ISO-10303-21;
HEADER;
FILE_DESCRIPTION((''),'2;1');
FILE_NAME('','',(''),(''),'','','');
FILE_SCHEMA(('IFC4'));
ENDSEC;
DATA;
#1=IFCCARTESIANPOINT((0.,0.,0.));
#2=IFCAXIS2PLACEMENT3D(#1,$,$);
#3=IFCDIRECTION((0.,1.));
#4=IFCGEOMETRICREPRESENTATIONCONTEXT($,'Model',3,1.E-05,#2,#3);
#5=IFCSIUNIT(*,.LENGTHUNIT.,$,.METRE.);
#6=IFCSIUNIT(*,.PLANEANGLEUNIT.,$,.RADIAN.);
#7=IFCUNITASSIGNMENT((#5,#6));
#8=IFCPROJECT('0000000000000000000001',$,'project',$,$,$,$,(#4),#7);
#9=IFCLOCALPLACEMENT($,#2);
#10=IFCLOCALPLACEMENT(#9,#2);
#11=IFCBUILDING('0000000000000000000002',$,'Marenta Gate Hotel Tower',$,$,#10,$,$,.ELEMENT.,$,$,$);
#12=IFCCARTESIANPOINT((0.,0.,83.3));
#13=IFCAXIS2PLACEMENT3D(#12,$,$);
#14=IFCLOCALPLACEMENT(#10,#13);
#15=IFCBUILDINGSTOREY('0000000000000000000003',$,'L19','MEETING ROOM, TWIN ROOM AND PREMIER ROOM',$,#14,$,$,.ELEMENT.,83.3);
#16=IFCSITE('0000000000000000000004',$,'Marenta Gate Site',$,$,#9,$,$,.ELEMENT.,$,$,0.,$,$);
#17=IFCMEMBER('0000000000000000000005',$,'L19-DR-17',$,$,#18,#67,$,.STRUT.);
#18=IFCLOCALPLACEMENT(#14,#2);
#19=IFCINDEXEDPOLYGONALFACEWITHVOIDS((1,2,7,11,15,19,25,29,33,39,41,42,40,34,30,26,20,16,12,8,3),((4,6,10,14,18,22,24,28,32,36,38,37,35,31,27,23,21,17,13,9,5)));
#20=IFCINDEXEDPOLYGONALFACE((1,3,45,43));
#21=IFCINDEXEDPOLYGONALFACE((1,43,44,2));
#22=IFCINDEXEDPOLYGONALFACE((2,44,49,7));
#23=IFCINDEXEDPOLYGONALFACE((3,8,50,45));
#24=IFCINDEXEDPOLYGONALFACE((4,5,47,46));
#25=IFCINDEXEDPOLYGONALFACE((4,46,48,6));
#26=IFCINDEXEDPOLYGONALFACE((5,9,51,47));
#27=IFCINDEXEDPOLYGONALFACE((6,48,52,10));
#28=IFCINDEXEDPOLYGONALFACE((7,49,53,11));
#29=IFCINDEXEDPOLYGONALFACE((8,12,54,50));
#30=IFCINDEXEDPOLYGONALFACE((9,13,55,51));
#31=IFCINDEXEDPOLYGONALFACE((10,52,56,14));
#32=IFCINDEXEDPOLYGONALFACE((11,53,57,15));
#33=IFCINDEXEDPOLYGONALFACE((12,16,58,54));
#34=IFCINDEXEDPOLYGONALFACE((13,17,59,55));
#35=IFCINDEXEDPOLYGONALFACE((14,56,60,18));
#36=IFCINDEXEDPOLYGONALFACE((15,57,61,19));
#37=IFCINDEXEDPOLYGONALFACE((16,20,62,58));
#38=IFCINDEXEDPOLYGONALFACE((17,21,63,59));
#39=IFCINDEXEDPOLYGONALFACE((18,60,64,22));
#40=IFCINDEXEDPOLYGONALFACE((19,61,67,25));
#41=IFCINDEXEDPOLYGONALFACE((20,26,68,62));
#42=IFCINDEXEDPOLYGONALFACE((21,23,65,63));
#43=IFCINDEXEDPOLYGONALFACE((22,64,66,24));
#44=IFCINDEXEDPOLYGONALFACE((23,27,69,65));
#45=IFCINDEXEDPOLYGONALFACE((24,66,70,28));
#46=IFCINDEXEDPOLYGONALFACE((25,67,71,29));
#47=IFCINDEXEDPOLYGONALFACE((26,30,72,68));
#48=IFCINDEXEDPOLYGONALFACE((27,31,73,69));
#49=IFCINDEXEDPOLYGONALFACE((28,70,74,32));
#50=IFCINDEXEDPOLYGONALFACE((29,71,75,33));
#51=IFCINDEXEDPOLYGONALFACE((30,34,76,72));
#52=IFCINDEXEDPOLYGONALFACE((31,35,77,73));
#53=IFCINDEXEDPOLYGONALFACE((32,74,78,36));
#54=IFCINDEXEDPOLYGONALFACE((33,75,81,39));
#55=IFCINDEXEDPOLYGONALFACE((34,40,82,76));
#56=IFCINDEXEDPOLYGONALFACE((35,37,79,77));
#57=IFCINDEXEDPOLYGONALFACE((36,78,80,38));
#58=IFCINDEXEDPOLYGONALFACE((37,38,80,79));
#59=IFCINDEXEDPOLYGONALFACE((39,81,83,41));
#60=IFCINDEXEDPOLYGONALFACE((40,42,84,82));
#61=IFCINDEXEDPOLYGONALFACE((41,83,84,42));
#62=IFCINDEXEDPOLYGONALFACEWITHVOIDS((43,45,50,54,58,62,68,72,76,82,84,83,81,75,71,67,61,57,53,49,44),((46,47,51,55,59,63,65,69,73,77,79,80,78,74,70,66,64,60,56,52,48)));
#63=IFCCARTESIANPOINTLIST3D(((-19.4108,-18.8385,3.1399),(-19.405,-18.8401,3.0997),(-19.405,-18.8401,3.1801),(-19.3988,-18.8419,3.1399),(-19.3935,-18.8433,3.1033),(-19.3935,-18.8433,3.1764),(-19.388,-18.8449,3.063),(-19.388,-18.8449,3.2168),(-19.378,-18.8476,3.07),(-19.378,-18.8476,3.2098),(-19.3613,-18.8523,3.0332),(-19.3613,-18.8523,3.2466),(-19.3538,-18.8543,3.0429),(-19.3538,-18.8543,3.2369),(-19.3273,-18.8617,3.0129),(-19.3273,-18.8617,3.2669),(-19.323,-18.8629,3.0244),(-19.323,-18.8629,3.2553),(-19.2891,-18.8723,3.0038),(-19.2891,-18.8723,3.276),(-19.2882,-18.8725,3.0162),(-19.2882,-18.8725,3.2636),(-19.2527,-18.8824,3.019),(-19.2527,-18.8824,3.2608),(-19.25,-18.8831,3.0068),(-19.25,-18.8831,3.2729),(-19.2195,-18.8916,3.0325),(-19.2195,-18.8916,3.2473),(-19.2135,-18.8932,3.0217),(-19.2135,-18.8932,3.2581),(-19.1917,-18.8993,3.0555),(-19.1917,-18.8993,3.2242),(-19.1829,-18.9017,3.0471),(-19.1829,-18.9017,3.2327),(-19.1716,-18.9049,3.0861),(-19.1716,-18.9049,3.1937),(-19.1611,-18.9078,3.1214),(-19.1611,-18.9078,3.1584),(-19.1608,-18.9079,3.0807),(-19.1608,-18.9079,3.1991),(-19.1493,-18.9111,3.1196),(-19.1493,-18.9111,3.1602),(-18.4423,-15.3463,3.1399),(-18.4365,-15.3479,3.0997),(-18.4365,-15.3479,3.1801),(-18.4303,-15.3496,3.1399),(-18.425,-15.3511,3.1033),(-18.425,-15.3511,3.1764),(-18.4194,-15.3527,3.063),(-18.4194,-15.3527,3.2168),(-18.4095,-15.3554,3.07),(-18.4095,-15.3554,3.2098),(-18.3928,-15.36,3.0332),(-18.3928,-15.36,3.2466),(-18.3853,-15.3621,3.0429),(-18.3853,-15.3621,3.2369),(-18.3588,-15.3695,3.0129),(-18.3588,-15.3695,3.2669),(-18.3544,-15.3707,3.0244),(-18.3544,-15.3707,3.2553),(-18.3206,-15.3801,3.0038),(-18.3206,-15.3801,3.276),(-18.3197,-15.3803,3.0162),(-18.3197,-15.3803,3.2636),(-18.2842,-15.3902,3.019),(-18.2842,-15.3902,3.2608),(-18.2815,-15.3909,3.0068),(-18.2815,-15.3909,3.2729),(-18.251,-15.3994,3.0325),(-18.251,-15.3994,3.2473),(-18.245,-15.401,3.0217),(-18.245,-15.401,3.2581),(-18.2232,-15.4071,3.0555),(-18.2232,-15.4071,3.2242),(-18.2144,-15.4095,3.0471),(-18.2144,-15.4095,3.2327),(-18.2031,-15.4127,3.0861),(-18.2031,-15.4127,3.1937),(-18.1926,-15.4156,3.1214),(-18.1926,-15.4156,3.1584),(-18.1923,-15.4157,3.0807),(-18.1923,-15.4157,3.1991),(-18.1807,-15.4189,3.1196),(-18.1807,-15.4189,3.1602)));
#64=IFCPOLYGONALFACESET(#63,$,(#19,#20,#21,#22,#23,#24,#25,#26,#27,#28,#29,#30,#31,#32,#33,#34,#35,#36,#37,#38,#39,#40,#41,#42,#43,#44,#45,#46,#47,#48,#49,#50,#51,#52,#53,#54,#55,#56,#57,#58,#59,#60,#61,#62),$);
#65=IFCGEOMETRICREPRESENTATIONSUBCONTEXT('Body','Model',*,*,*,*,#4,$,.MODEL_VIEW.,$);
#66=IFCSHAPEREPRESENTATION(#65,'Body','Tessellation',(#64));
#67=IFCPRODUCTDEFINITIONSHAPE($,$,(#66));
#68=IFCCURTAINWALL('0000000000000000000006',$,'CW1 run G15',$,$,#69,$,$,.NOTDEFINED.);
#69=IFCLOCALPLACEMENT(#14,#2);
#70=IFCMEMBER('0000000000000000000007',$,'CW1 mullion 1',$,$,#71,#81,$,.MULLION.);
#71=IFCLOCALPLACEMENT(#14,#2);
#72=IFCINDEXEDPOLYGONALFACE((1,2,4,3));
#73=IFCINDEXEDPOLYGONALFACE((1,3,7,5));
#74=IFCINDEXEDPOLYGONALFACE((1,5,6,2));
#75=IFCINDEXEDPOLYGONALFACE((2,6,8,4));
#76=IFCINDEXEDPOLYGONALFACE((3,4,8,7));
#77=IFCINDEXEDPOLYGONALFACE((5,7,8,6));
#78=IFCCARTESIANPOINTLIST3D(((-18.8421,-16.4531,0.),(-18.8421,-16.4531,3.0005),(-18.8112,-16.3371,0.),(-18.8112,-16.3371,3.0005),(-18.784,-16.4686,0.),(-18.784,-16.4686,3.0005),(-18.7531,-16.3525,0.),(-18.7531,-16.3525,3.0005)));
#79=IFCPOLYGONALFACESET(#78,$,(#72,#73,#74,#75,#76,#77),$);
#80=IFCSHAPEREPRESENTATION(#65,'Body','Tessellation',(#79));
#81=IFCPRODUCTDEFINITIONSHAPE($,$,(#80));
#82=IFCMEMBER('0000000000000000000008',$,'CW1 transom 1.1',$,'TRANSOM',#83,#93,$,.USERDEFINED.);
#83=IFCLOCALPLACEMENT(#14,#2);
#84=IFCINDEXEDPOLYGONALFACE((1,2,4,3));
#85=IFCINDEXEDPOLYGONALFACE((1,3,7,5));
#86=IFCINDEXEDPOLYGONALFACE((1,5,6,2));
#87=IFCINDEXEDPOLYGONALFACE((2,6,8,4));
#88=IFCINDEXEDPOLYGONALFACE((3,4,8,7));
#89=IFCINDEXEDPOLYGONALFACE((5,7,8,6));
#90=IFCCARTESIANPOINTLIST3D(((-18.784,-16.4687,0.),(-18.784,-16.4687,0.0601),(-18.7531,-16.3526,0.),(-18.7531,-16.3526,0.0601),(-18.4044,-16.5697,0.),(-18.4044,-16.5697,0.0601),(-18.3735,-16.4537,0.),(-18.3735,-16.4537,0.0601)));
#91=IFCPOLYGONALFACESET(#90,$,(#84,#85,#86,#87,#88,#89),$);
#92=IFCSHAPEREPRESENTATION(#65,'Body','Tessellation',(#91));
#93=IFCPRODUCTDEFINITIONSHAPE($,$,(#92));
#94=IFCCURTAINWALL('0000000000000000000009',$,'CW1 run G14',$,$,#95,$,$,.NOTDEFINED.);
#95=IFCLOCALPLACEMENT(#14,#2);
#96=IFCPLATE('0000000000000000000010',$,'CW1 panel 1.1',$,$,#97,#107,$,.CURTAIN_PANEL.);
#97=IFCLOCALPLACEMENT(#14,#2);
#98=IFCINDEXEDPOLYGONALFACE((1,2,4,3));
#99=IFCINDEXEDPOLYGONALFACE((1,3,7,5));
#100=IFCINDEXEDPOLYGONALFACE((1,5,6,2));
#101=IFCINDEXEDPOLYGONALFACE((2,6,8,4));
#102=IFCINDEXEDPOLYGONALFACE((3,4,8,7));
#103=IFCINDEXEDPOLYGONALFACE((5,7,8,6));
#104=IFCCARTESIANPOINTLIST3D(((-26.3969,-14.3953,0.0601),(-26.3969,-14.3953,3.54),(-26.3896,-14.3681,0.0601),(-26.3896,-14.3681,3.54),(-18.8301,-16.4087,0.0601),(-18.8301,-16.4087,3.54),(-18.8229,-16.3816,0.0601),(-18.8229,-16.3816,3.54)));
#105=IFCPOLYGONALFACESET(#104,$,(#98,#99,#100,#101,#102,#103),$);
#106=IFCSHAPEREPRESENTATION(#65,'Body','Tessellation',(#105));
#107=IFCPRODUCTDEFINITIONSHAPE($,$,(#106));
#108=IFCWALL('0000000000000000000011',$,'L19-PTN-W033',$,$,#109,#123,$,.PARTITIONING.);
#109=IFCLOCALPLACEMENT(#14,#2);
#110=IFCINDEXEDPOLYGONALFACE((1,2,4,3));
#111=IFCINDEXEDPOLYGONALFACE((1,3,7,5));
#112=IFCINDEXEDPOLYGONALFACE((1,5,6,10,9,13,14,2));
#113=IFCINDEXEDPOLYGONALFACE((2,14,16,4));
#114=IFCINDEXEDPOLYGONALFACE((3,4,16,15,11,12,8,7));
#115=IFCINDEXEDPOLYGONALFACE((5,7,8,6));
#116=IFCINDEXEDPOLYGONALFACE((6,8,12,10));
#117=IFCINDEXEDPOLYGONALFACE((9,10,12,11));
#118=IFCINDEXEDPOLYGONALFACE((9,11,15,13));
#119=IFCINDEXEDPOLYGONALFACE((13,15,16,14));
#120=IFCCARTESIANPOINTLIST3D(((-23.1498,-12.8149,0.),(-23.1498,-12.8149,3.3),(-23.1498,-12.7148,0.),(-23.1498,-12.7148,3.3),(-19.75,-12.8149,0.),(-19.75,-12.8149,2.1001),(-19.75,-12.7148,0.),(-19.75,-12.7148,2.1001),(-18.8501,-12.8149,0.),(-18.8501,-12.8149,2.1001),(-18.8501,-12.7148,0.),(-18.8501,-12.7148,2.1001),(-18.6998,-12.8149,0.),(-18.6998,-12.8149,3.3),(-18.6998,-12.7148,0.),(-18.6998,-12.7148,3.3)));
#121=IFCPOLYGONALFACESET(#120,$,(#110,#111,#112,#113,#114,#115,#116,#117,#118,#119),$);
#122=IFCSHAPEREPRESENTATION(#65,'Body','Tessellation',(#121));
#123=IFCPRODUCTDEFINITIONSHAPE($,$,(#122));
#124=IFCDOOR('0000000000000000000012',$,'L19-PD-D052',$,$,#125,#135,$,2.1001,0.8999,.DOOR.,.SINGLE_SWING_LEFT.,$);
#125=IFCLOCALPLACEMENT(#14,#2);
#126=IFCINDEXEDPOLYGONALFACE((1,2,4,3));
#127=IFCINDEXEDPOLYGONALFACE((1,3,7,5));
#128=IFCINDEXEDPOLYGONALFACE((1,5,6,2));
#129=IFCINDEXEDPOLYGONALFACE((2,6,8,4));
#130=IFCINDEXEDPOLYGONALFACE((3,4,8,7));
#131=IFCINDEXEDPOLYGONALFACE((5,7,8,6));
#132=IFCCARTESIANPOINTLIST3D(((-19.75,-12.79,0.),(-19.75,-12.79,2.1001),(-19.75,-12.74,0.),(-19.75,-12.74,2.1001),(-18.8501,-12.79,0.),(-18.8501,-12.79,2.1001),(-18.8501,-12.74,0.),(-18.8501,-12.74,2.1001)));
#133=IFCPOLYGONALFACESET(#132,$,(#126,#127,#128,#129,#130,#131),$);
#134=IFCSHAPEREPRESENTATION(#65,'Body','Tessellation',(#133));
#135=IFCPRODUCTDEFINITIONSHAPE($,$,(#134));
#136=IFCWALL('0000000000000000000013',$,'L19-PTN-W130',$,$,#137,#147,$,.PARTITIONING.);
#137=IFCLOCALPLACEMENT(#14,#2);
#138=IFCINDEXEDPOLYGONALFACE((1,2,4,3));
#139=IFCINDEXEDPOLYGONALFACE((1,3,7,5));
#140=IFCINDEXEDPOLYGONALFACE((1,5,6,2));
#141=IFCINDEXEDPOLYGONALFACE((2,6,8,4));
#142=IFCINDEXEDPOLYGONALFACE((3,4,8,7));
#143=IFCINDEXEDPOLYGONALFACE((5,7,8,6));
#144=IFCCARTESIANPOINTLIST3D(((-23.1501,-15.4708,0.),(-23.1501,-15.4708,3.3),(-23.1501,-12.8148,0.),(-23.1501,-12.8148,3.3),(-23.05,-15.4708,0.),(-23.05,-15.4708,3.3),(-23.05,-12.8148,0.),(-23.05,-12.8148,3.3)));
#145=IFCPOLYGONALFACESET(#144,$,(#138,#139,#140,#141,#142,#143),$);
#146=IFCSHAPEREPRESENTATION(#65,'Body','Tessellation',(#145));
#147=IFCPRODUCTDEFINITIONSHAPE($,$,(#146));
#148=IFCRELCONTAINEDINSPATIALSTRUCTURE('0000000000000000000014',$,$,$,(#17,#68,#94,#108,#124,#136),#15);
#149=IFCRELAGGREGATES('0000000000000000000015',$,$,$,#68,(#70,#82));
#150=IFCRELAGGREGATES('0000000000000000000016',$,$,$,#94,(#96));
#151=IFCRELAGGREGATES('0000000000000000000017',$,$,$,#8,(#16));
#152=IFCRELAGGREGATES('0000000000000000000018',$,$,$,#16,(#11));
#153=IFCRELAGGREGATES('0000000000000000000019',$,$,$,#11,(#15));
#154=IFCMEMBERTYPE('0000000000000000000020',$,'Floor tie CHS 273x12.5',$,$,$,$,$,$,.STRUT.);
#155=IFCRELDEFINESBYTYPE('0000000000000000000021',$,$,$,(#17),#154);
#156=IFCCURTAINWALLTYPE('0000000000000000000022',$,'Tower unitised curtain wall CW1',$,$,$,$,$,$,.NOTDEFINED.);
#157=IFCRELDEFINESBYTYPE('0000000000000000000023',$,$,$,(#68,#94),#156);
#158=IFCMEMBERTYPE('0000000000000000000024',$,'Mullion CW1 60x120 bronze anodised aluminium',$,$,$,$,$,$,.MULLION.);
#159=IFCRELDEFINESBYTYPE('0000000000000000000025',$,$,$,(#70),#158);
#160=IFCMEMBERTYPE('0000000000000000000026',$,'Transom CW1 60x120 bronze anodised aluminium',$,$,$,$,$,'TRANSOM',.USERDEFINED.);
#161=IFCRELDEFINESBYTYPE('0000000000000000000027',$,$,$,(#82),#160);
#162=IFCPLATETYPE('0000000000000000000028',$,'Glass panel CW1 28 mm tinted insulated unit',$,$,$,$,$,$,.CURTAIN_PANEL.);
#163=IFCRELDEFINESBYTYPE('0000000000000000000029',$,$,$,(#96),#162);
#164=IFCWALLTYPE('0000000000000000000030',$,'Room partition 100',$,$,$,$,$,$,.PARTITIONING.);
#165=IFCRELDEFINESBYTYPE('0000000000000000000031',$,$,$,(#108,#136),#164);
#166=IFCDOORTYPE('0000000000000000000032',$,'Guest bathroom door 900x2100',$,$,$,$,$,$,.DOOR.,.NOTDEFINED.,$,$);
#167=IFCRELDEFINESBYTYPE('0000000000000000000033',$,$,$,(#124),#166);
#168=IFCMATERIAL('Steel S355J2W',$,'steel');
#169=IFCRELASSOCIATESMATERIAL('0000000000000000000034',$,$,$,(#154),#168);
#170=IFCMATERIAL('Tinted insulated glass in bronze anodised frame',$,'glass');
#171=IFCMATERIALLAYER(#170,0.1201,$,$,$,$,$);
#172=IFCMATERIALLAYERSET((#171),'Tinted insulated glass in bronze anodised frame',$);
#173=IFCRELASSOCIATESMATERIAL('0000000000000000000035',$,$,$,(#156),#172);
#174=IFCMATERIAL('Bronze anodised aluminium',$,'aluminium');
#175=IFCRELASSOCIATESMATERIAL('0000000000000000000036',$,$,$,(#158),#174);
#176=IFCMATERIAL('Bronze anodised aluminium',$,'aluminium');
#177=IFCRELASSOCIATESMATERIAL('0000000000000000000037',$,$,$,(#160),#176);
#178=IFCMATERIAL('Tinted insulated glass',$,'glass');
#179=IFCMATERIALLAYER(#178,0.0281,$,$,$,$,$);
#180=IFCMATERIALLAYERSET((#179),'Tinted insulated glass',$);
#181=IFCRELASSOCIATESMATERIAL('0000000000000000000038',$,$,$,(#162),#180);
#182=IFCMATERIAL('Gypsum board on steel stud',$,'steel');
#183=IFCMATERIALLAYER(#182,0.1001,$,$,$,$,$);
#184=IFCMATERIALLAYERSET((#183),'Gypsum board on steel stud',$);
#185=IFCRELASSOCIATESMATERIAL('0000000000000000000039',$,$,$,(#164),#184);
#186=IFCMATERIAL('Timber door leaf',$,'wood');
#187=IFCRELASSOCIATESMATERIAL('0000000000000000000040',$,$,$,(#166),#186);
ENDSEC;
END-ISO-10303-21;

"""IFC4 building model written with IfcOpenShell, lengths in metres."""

from ifc_helpers import new_model, si_unit, direction, frame, frame_2d, origin, origin_2d, place, context, subcontext, project, spatial, rectangle, hollow_circle, extrude, material, layer, layer_set, material_profile, profile_set, type_object, element, fill, aggregate, save


model = new_model("IFC4")

# Units and contexts
model_context = context("Model", 3, precision=1e-05, world=origin(), true_north=direction((0.0, 1.0)))
body_context = subcontext(model_context, "Body", "Model", "MODEL_VIEW")
ifc_project = project(units=[si_unit("LENGTHUNIT", "METRE"), si_unit("PLANEANGLEUNIT", "RADIAN")], contexts=[model_context])

# Site, building, storey
site_placement = place(None, origin())
site = spatial("IfcSite", under=ifc_project, at=site_placement, Name="Marenta Gate Site", CompositionType="ELEMENT", RefElevation=0.0)
building_placement = place(site_placement, origin())
building = spatial("IfcBuilding", under=site, at=building_placement, Name="Marenta Gate Hotel Tower", CompositionType="ELEMENT")
storey_placement = place(building_placement, frame((0.0, 0.0, 83.3)))
storey = spatial("IfcBuildingStorey", under=building, at=storey_placement, Name="L19", Description="MEETING ROOM, TWIN ROOM AND PREMIER ROOM", CompositionType="ELEMENT", Elevation=83.3)

# Member
ifc_material_1 = material(Name="Steel S355J2W", Category="steel")
ifc_material_profile_1 = material_profile(ifc_material_1, hollow_circle(Radius=0.1365, WallThickness=0.0125, at=origin_2d()), Name="CHS 273x12.5")
ifc_profile_set_1 = profile_set([ifc_material_profile_1], Name="Steel S355J2W")
member_type_1 = type_object("IfcMemberType", Name="Floor tie CHS 273x12.5", PredefinedType="STRUT", material=ifc_profile_set_1)
member_1_placement = place(storey_placement, frame((-19.2793, -18.875, 3.1399), z_axis=(0.267248, 0.963628, 0.0), x_axis=(-0.963628, 0.267248, 0.0)))
element("IfcMember", 1, at=member_1_placement, inside=storey, type_object=member_type_1, Name="L19-DR-17", PredefinedType="STRUT", context=body_context, shape_type="SweptSolid", body=[
    extrude(hollow_circle(Radius=0.1365, WallThickness=0.0125, at=origin_2d()), origin(), (0.0, 0.0, 1.0), 3.624),
])

# Curtain wall, members
ifc_material_2 = material(Name="Tinted insulated glass in bronze anodised frame", Category="glass")
ifc_layer_1 = layer(ifc_material_2, 0.1201)
ifc_layer_set_1 = layer_set([ifc_layer_1], Name="Tinted insulated glass in bronze anodised frame")
curtain_wall_type = type_object("IfcCurtainWallType", Name="Tower unitised curtain wall CW1", PredefinedType="NOTDEFINED", material=ifc_layer_set_1)
curtain_wall_1_placement = place(storey_placement, origin())
curtain_wall_1 = element("IfcCurtainWall", 2, at=curtain_wall_1_placement, inside=storey, type_object=curtain_wall_type, Name="CW1 run G15", PredefinedType="NOTDEFINED")
ifc_material_3 = material(Name="Bronze anodised aluminium", Category="aluminium")
ifc_material_profile_2 = material_profile(ifc_material_3, rectangle(XDim=0.1201, YDim=0.0601, at=origin_2d()), Name="Mullion CW1 60x120 bronze anodised aluminium")
ifc_profile_set_2 = profile_set([ifc_material_profile_2], Name="Bronze anodised aluminium")
member_type_2 = type_object("IfcMemberType", Name="Mullion CW1 60x120 bronze anodised aluminium", PredefinedType="MULLION", material=ifc_profile_set_2)
member_2_placement = place(storey_placement, frame((-18.7976, -16.4028, 0.0), z_axis=(0.0, 0.0, 1.0), x_axis=(0.257209, 0.966356, 0.0)))
member_2 = element("IfcMember", 3, at=member_2_placement, type_object=member_type_2, Name="CW1 mullion 1", PredefinedType="MULLION", context=body_context, shape_type="SweptSolid", body=[
    extrude(rectangle(XDim=0.1201, YDim=0.0601, at=origin_2d()), origin(), (0.0, 0.0, 1.0), 3.0005),
])
ifc_material_4 = material(Name="Bronze anodised aluminium", Category="aluminium")
ifc_material_profile_3 = material_profile(ifc_material_4, rectangle(XDim=0.1201, YDim=0.0601, at=origin_2d()), Name="Transom CW1 60x120 bronze anodised aluminium")
ifc_profile_set_3 = profile_set([ifc_material_profile_3], Name="Bronze anodised aluminium")
member_type_3 = type_object("IfcMemberType", Name="Transom CW1 60x120 bronze anodised aluminium", ElementType="TRANSOM", PredefinedType="USERDEFINED", material=ifc_profile_set_3)
member_3_placement = place(storey_placement, frame((-18.7686, -16.4106, 0.03), z_axis=(0.966338, -0.257276, 0.0), x_axis=(0.257276, 0.966338, 0.0)))
member_3 = element("IfcMember", 4, at=member_3_placement, type_object=member_type_3, Name="CW1 transom 1.1", ObjectType="TRANSOM", PredefinedType="USERDEFINED", context=body_context, shape_type="SweptSolid", body=[
    extrude(rectangle(XDim=0.1201, YDim=0.0601, at=origin_2d()), origin(), (0.0, 0.0, 1.0), 0.3928),
])
aggregate(curtain_wall_1, [member_2, member_3])

# Curtain wall, plate
curtain_wall_2_placement = place(storey_placement, origin())
curtain_wall_2 = element("IfcCurtainWall", 5, at=curtain_wall_2_placement, inside=storey, type_object=curtain_wall_type, Name="CW1 run G14", PredefinedType="NOTDEFINED")
ifc_material_5 = material(Name="Tinted insulated glass", Category="glass")
ifc_layer_2 = layer(ifc_material_5, 0.0281)
ifc_layer_set_2 = layer_set([ifc_layer_2], Name="Tinted insulated glass")
plate_type = type_object("IfcPlateType", Name="Glass panel CW1 28 mm tinted insulated unit", PredefinedType="CURTAIN_PANEL", material=ifc_layer_set_2)
plate_placement = place(storey_placement, frame((-22.6099, -15.3884, 0.0601), z_axis=(0.0, 0.0, 1.0), x_axis=(0.966373, -0.257144, 0.0)))
plate = element("IfcPlate", 6, at=plate_placement, type_object=plate_type, Name="CW1 panel 1.1", PredefinedType="CURTAIN_PANEL", context=body_context, shape_type="SweptSolid", body=[
    extrude(rectangle(XDim=7.8301, YDim=0.0281, at=origin_2d()), origin(), (0.0, 0.0, 1.0), 3.48),
])
aggregate(curtain_wall_2, [plate])

# Wall, opening, door
ifc_material_6 = material(Name="Gypsum board on steel stud", Category="steel")
ifc_layer_3 = layer(ifc_material_6, 0.1001)
ifc_layer_set_3 = layer_set([ifc_layer_3], Name="Gypsum board on steel stud")
wall_type = type_object("IfcWallType", Name="Room partition 100", PredefinedType="PARTITIONING", material=ifc_layer_set_3)
wall_1_placement = place(storey_placement, frame((-23.1499, -12.7649, 0.0), z_axis=(0.0, 0.0, 1.0), x_axis=(1.0, 0.0, 0.0)))
wall_1 = element("IfcWall", 7, at=wall_1_placement, inside=storey, type_object=wall_type, Name="L19-PTN-W033", PredefinedType="PARTITIONING", context=body_context, shape_type="SweptSolid", body=[
    extrude(rectangle(XDim=4.45, YDim=0.1001, at=frame_2d((2.2251, 0.0))), origin(), (0.0, 0.0, 1.0), 3.3),
])
opening_placement = place(wall_1_placement, frame((3.3999, 0.0, 0.0)))
opening = element("IfcOpeningElement", 8, at=opening_placement, cuts=wall_1, PredefinedType="OPENING", context=body_context, shape_type="SweptSolid", body=[
    extrude(rectangle(XDim=0.8999, YDim=2.1001, at=frame_2d((0.45, 1.05))), frame((0.0, 0.05, 0.0), z_axis=(0.0, -1.0, 0.0), x_axis=(1.0, 0.0, 0.0)), (0.0, 0.0, 1.0), 0.1001),
])
ifc_material_7 = material(Name="Timber door leaf", Category="wood")
door_type = type_object("IfcDoorType", Name="Guest bathroom door 900x2100", OperationType="NOTDEFINED", PredefinedType="DOOR", material=ifc_material_7)
door_placement = place(opening_placement, origin())
door = element("IfcDoor", 9, at=door_placement, inside=storey, type_object=door_type, Name="L19-PD-D052", OperationType="SINGLE_SWING_LEFT", OverallHeight=2.1001, OverallWidth=0.8999, PredefinedType="DOOR", context=body_context, shape_type="SweptSolid", body=[
    extrude(rectangle(XDim=0.8999, YDim=2.1001, at=frame_2d((0.45, 1.05))), frame((0.0, 0.0249, 0.0), z_axis=(0.0, -1.0, 0.0), x_axis=(1.0, 0.0, 0.0)), (0.0, 0.0, 1.0), 0.05),
])
fill(opening, door)

# Wall
wall_2_placement = place(storey_placement, frame((-23.1001, -15.4709, 0.0), z_axis=(0.0, 0.0, 1.0), x_axis=(0.0, 1.0, 0.0)))
element("IfcWall", 10, at=wall_2_placement, inside=storey, type_object=wall_type, Name="L19-PTN-W130", PredefinedType="PARTITIONING", context=body_context, shape_type="SweptSolid", body=[
    extrude(rectangle(XDim=2.656, YDim=0.1001, at=frame_2d((1.3281, 0.0))), origin(), (0.0, 0.0, 1.0), 3.3),
])

save(model, "model.ifc")
